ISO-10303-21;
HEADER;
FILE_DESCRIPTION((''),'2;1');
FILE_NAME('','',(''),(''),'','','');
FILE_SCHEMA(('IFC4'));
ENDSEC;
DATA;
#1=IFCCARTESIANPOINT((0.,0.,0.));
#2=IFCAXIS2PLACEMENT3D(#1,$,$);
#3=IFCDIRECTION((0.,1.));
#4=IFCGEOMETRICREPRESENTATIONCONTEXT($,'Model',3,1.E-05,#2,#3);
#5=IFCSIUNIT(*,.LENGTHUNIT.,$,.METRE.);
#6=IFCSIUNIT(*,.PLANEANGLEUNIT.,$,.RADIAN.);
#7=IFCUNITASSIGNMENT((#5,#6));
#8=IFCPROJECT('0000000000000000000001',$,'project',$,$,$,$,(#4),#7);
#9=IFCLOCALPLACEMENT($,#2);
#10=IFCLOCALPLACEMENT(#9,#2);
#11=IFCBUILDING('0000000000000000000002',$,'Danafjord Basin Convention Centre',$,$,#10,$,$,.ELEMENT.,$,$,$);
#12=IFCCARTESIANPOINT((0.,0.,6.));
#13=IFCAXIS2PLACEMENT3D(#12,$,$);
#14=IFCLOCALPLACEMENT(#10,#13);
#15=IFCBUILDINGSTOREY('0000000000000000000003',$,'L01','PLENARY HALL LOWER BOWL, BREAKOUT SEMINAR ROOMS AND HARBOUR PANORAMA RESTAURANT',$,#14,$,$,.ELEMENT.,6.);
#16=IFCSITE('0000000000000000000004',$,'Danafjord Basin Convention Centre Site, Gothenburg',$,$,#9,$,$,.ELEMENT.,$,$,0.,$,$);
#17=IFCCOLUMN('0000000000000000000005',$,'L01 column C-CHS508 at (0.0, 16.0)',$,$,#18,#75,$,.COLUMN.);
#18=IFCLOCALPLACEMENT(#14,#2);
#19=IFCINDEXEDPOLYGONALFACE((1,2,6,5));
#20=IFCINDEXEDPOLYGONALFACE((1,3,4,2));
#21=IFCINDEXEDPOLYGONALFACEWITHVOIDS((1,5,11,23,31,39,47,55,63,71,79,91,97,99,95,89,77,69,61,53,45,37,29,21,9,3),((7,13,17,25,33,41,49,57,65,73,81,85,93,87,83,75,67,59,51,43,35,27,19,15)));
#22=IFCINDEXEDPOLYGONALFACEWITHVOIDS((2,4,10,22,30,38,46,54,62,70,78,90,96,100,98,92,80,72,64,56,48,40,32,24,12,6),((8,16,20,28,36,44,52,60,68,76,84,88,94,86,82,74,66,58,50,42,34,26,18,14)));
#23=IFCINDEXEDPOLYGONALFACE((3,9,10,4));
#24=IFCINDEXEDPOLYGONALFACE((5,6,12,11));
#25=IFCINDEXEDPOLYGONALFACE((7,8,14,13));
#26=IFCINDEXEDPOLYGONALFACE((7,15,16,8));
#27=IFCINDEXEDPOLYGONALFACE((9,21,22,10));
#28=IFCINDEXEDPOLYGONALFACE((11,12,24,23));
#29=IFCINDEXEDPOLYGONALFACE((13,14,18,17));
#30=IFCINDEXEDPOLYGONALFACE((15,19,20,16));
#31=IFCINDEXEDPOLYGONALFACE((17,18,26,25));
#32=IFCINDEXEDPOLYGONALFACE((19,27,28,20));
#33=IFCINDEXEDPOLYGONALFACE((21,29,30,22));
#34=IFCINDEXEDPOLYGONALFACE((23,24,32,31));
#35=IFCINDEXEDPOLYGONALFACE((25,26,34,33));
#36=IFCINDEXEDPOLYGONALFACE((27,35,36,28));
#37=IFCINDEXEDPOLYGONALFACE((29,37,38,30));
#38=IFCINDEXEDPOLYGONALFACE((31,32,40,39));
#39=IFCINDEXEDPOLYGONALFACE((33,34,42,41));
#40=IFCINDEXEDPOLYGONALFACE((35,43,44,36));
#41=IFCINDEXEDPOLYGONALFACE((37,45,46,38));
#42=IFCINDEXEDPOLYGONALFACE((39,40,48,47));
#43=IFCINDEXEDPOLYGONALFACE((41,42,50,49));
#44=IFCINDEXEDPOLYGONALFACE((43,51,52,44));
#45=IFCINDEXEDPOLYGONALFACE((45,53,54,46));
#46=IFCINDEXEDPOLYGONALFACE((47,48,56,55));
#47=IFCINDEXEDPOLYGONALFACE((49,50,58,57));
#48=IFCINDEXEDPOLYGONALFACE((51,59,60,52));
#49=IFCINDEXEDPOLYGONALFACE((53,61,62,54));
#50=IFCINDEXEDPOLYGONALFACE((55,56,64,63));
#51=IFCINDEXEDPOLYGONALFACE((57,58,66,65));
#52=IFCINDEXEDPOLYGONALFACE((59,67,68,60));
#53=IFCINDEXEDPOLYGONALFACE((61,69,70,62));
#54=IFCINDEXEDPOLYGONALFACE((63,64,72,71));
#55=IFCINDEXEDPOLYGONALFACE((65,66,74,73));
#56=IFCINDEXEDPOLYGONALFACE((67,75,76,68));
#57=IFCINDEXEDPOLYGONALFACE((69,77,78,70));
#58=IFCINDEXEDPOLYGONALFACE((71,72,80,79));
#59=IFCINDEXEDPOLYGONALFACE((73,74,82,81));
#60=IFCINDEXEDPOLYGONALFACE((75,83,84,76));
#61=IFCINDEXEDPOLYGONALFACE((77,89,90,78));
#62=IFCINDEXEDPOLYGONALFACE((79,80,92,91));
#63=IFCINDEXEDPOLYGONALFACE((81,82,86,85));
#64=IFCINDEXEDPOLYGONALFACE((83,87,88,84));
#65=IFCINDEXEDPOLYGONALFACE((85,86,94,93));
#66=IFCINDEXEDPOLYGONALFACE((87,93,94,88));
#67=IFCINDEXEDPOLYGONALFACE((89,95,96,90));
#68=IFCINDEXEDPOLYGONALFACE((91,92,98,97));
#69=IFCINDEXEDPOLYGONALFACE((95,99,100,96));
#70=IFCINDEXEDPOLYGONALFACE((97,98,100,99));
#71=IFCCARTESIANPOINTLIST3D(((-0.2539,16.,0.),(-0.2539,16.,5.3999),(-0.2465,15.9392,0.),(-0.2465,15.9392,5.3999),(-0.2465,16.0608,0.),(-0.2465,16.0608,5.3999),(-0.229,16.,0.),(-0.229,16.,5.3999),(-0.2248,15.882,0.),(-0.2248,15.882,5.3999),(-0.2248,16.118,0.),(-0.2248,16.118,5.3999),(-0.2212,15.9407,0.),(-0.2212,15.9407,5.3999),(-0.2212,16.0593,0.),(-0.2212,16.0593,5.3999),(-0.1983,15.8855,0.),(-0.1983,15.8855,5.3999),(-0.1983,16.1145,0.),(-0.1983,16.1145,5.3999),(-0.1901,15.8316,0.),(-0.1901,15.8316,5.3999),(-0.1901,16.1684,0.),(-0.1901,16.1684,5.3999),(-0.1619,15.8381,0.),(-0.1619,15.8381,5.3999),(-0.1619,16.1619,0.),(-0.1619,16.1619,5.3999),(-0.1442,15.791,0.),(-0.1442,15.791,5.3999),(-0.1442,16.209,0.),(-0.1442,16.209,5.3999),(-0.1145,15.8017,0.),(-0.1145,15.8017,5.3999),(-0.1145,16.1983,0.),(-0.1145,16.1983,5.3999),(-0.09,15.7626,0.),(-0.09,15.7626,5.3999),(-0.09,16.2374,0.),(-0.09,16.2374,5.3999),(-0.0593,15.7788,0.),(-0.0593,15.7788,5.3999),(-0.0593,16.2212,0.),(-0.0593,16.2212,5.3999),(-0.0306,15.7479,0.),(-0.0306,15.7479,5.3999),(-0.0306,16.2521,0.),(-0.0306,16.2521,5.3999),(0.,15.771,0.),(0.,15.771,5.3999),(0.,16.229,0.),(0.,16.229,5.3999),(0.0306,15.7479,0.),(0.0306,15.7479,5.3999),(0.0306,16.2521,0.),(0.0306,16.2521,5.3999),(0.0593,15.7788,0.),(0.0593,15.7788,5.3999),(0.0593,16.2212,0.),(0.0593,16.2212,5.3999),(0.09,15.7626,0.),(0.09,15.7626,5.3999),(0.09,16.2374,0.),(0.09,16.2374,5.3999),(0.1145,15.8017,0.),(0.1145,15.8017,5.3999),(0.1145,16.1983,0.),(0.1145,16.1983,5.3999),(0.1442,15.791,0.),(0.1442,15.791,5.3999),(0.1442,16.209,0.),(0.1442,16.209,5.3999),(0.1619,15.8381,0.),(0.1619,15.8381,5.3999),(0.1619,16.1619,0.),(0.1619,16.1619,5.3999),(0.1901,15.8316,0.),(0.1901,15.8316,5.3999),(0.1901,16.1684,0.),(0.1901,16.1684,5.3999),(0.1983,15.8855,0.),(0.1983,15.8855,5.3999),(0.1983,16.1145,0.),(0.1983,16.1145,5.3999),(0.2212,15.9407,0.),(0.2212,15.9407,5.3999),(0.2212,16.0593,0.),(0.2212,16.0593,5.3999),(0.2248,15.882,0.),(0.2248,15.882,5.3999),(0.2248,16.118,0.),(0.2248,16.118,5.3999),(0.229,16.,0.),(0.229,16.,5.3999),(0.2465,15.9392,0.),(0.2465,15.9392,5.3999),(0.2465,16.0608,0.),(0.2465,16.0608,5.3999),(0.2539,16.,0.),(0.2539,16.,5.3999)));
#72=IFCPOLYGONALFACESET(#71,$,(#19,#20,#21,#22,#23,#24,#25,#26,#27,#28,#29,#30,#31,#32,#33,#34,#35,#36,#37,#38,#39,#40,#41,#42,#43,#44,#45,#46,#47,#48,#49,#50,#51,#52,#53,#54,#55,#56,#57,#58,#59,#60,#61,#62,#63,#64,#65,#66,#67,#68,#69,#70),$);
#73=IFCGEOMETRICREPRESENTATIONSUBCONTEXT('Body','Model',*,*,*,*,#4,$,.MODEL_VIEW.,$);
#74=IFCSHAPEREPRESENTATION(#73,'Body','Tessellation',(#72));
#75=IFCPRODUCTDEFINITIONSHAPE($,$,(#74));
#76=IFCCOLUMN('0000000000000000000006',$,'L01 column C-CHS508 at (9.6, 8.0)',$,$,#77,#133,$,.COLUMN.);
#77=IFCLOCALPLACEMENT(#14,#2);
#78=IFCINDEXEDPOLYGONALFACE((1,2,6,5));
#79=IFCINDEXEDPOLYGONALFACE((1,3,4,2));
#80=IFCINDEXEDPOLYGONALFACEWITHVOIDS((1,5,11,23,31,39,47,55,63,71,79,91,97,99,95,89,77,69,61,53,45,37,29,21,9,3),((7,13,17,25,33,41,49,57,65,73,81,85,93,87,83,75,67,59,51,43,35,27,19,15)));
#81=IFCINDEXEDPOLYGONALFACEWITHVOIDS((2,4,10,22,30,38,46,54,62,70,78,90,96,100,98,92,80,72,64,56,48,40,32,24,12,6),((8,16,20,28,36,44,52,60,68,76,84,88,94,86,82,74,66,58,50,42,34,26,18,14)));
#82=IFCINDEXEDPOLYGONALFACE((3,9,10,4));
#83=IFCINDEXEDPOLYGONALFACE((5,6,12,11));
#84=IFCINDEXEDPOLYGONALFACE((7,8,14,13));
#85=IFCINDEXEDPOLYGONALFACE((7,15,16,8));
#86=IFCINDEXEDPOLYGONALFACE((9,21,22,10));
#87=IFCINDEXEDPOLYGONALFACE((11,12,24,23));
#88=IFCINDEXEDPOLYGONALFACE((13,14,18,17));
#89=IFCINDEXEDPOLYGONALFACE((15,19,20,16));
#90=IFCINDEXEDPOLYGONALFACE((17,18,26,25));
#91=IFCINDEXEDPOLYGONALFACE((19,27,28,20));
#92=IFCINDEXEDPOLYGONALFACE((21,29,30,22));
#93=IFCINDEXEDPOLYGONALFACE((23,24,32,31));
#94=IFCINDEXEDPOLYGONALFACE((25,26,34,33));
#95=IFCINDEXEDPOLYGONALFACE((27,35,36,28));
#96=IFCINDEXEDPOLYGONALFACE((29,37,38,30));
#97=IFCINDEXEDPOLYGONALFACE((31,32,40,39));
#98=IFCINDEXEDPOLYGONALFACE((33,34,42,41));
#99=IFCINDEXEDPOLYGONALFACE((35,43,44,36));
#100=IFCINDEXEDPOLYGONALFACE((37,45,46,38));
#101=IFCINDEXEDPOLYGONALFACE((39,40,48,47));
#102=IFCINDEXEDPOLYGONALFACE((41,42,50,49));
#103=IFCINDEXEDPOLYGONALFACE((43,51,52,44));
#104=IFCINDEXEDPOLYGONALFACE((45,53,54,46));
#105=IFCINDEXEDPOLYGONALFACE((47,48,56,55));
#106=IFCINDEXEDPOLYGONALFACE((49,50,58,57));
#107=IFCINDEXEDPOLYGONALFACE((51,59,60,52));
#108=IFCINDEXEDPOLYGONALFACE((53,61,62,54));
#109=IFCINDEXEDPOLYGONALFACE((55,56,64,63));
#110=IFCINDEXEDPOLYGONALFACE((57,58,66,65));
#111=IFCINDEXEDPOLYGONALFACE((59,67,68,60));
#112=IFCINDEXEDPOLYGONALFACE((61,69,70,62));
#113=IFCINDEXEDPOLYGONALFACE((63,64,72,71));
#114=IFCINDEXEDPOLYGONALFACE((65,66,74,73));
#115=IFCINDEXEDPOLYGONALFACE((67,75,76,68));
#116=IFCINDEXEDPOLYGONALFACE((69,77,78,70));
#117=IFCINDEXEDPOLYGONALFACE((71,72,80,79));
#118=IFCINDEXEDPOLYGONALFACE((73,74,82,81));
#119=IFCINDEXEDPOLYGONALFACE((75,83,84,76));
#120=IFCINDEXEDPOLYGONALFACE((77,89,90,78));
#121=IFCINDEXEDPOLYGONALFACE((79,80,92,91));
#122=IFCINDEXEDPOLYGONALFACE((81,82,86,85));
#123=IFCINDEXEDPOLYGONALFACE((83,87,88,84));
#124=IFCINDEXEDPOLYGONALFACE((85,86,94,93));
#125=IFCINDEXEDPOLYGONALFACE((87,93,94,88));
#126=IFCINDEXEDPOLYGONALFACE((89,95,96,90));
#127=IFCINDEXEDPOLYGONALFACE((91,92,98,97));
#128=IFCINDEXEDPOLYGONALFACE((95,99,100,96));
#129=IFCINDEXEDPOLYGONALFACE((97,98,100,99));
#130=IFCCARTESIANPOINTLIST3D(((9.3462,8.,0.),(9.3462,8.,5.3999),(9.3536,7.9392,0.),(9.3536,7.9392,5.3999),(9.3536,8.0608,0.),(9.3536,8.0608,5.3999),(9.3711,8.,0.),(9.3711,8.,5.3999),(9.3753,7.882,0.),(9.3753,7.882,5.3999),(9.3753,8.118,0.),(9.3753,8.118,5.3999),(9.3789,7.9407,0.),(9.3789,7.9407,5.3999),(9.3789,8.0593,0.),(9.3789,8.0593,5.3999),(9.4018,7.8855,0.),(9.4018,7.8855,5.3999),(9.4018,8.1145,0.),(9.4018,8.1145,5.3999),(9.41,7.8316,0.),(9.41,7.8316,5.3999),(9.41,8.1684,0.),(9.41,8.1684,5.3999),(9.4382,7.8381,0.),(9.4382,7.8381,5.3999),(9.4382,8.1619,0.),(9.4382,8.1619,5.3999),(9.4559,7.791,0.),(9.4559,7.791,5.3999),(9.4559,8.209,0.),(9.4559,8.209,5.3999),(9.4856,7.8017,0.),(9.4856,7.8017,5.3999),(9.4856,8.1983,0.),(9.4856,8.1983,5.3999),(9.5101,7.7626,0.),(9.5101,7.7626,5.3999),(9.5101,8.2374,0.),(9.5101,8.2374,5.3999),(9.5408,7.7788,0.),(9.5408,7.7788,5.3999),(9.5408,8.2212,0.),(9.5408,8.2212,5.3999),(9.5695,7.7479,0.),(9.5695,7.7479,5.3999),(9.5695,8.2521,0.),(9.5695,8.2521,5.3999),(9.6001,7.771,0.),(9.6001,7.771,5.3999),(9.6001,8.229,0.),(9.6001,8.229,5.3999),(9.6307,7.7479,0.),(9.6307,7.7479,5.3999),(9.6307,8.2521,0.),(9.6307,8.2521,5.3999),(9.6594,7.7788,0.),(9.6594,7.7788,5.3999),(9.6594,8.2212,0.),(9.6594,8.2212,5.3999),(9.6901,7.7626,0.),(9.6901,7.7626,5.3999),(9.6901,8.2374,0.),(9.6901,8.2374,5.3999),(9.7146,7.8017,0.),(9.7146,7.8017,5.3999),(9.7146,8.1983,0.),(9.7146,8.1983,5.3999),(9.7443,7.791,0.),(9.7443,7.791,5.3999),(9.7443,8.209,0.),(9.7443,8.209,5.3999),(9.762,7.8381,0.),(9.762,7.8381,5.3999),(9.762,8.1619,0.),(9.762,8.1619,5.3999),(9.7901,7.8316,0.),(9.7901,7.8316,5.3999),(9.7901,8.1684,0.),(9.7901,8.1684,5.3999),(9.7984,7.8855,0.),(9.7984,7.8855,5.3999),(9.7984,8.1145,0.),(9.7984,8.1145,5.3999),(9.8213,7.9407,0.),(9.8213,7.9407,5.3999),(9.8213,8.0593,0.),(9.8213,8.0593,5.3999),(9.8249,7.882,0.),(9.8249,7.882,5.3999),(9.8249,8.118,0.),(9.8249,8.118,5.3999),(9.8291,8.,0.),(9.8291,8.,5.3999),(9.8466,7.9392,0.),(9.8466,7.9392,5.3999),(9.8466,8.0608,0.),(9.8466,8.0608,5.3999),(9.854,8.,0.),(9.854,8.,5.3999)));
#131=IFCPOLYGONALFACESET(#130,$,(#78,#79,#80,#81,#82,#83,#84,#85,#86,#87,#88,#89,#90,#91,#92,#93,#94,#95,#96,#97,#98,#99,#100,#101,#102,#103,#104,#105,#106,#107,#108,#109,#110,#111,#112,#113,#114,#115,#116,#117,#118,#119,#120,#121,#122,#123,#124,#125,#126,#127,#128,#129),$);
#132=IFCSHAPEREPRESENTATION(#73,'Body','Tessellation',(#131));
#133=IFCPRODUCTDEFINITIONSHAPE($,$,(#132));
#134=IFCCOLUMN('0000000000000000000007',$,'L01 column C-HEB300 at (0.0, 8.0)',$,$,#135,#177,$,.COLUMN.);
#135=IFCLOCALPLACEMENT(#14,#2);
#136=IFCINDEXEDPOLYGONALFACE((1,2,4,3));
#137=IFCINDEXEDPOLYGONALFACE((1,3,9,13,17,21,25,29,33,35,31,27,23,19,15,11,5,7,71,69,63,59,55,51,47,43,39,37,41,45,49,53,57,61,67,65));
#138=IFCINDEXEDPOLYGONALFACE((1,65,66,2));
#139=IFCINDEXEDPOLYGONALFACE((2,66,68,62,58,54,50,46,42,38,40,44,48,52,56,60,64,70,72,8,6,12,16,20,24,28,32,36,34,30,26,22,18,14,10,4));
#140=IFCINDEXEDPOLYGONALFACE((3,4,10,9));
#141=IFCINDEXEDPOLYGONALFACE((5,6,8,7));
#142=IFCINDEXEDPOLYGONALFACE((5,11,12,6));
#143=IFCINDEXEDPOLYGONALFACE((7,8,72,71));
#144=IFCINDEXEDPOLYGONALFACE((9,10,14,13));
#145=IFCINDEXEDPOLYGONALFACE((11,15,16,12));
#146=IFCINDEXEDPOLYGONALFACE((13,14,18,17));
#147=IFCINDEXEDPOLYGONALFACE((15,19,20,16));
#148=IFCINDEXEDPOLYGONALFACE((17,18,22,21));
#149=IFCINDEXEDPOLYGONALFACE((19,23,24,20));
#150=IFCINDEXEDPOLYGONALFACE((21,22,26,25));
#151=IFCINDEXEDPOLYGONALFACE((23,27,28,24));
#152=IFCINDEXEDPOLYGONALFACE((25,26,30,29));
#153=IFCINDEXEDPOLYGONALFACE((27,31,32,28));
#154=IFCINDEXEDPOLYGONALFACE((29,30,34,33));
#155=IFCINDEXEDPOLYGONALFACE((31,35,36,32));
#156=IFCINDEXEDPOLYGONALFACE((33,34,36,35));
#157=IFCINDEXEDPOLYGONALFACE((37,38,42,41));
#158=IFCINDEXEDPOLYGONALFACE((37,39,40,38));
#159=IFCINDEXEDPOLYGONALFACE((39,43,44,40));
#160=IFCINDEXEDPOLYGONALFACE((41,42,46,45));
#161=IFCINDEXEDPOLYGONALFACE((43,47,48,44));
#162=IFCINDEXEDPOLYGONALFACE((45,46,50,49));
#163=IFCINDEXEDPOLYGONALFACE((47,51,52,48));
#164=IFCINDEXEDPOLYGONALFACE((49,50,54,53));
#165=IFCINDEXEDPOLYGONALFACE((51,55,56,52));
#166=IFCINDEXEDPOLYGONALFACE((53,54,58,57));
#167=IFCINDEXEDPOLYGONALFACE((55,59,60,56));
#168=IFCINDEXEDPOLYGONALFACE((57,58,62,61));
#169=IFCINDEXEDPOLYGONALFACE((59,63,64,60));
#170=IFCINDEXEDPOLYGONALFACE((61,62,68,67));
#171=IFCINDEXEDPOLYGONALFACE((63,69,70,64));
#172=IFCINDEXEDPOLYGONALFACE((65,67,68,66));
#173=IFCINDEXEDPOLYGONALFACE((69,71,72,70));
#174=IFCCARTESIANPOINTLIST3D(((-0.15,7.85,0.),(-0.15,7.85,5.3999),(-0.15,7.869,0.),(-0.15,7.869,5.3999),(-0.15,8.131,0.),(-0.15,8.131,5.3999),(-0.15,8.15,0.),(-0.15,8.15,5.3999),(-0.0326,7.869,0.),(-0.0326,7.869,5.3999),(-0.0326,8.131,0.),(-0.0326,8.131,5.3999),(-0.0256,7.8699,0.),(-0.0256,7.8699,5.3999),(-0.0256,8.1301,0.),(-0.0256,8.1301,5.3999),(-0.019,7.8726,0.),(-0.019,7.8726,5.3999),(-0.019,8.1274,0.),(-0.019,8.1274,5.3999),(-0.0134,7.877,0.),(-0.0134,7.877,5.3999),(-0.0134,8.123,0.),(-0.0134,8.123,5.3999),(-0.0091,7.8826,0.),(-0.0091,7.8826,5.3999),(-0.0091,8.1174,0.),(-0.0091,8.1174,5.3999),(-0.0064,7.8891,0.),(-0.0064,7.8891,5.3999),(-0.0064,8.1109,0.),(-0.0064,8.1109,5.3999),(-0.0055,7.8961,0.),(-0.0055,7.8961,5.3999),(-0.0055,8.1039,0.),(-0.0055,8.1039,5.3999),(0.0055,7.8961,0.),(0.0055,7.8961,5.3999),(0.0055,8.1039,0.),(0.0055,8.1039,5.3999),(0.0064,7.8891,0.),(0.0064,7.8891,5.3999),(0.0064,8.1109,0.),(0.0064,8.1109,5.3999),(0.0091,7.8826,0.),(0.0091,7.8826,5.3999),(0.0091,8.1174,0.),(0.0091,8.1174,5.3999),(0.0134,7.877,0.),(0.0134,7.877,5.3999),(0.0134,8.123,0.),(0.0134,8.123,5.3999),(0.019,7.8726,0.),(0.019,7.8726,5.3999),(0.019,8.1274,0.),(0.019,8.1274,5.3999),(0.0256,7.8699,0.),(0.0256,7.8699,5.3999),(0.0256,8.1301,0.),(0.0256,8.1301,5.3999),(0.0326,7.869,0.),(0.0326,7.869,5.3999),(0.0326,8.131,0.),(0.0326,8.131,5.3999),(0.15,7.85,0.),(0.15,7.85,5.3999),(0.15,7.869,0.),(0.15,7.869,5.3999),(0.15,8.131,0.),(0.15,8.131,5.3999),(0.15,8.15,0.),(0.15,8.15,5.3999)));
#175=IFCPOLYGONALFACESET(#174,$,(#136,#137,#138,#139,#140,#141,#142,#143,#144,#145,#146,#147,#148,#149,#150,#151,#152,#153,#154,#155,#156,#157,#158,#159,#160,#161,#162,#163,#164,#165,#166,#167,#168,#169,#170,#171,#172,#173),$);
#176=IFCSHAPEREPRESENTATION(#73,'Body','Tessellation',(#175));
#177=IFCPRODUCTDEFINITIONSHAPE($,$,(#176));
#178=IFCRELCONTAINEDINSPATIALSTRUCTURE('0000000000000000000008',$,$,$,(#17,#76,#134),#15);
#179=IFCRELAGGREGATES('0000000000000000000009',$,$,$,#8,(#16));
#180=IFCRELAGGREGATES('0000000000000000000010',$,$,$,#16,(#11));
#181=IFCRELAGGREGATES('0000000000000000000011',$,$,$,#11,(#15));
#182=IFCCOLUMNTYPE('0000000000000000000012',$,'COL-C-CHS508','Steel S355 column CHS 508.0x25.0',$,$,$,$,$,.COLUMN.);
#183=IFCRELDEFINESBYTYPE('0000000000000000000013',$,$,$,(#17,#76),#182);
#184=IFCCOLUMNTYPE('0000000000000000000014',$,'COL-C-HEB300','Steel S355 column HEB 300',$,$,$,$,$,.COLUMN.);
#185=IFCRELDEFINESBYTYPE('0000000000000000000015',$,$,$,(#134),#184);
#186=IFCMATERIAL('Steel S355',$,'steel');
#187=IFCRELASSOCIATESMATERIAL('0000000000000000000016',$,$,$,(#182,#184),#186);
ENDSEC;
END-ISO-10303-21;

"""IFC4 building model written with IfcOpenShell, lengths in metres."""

from ifc_helpers import new_model, si_unit, direction, frame, origin, origin_2d, place, context, subcontext, project, spatial, hollow_circle, i_section, extrude, material, material_profile, profile_set, type_object, element, save


model = new_model("IFC4")

# Units and contexts
model_context = context("Model", 3, precision=1e-05, world=origin(), true_north=direction((0.0, 1.0)))
body_context = subcontext(model_context, "Body", "Model", "MODEL_VIEW")
ifc_project = project(units=[si_unit("LENGTHUNIT", "METRE"), si_unit("PLANEANGLEUNIT", "RADIAN")], contexts=[model_context])

# Site, building, storey
site_placement = place(None, origin())
site = spatial("IfcSite", under=ifc_project, at=site_placement, Name="Danafjord Basin Convention Centre Site, Gothenburg", CompositionType="ELEMENT", RefElevation=0.0)
building_placement = place(site_placement, origin())
building = spatial("IfcBuilding", under=site, at=building_placement, Name="Danafjord Basin Convention Centre", CompositionType="ELEMENT")
storey_placement = place(building_placement, frame((0.0, 0.0, 6.0)))
storey = spatial("IfcBuildingStorey", under=building, at=storey_placement, Name="L01", Description="PLENARY HALL LOWER BOWL, BREAKOUT SEMINAR ROOMS AND HARBOUR PANORAMA RESTAURANT", CompositionType="ELEMENT", Elevation=6.0)

# Columns
ifc_material_1 = material(Name="Steel S355", Category="steel")
ifc_material_profile_1 = material_profile(ifc_material_1, hollow_circle(Radius=0.2539, WallThickness=0.0249, at=origin_2d()), Name="CHS 508.0x25.0")
ifc_profile_set_1 = profile_set([ifc_material_profile_1], Name="Steel S355")
column_type_1 = type_object("IfcColumnType", Name="COL-C-CHS508", Description="Steel S355 column CHS 508.0x25.0", PredefinedType="COLUMN", material=ifc_profile_set_1)
for number, where, z_axis, x_axis, name in (
    (1, (0.0, 16.0, 0.0), (0.0, 0.0, 1.0), (1.0, 0.0, 0.0), "L01 column C-CHS508 at (0.0, 16.0)"),
    (2, (9.6001, 8.0, 0.0), (0.0, 0.0, 1.0), (1.0, 0.0, 0.0), "L01 column C-CHS508 at (9.6, 8.0)"),
):
    element("IfcColumn", number, at=place(storey_placement, frame(where, z_axis=z_axis, x_axis=x_axis)), inside=storey, type_object=column_type_1, Name=name, PredefinedType="COLUMN", context=body_context, shape_type="SweptSolid", body=[
        extrude(hollow_circle(Radius=0.2539, WallThickness=0.0249, at=origin_2d()), origin(), (0.0, 0.0, 1.0), 5.3999),
    ])
ifc_material_profile_2 = material_profile(ifc_material_1, i_section(OverallWidth=0.3, OverallDepth=0.3, WebThickness=0.011, FlangeThickness=0.019, FilletRadius=0.0271, at=origin_2d()), Name="HEB 300")
ifc_profile_set_2 = profile_set([ifc_material_profile_2], Name="Steel S355")
column_type_2 = type_object("IfcColumnType", Name="COL-C-HEB300", Description="Steel S355 column HEB 300", PredefinedType="COLUMN", material=ifc_profile_set_2)
column_1_placement = place(storey_placement, frame((0.0, 8.0, 0.0), z_axis=(0.0, 0.0, 1.0), x_axis=(1.0, 0.0, 0.0)))
element("IfcColumn", 3, at=column_1_placement, inside=storey, type_object=column_type_2, Name="L01 column C-HEB300 at (0.0, 8.0)", PredefinedType="COLUMN", context=body_context, shape_type="SweptSolid", body=[
    extrude(i_section(OverallWidth=0.3, OverallDepth=0.3, WebThickness=0.011, FlangeThickness=0.019, FilletRadius=0.0271, at=origin_2d()), origin(), (0.0, 0.0, 1.0), 5.3999),
])

save(model, "model.ifc")
